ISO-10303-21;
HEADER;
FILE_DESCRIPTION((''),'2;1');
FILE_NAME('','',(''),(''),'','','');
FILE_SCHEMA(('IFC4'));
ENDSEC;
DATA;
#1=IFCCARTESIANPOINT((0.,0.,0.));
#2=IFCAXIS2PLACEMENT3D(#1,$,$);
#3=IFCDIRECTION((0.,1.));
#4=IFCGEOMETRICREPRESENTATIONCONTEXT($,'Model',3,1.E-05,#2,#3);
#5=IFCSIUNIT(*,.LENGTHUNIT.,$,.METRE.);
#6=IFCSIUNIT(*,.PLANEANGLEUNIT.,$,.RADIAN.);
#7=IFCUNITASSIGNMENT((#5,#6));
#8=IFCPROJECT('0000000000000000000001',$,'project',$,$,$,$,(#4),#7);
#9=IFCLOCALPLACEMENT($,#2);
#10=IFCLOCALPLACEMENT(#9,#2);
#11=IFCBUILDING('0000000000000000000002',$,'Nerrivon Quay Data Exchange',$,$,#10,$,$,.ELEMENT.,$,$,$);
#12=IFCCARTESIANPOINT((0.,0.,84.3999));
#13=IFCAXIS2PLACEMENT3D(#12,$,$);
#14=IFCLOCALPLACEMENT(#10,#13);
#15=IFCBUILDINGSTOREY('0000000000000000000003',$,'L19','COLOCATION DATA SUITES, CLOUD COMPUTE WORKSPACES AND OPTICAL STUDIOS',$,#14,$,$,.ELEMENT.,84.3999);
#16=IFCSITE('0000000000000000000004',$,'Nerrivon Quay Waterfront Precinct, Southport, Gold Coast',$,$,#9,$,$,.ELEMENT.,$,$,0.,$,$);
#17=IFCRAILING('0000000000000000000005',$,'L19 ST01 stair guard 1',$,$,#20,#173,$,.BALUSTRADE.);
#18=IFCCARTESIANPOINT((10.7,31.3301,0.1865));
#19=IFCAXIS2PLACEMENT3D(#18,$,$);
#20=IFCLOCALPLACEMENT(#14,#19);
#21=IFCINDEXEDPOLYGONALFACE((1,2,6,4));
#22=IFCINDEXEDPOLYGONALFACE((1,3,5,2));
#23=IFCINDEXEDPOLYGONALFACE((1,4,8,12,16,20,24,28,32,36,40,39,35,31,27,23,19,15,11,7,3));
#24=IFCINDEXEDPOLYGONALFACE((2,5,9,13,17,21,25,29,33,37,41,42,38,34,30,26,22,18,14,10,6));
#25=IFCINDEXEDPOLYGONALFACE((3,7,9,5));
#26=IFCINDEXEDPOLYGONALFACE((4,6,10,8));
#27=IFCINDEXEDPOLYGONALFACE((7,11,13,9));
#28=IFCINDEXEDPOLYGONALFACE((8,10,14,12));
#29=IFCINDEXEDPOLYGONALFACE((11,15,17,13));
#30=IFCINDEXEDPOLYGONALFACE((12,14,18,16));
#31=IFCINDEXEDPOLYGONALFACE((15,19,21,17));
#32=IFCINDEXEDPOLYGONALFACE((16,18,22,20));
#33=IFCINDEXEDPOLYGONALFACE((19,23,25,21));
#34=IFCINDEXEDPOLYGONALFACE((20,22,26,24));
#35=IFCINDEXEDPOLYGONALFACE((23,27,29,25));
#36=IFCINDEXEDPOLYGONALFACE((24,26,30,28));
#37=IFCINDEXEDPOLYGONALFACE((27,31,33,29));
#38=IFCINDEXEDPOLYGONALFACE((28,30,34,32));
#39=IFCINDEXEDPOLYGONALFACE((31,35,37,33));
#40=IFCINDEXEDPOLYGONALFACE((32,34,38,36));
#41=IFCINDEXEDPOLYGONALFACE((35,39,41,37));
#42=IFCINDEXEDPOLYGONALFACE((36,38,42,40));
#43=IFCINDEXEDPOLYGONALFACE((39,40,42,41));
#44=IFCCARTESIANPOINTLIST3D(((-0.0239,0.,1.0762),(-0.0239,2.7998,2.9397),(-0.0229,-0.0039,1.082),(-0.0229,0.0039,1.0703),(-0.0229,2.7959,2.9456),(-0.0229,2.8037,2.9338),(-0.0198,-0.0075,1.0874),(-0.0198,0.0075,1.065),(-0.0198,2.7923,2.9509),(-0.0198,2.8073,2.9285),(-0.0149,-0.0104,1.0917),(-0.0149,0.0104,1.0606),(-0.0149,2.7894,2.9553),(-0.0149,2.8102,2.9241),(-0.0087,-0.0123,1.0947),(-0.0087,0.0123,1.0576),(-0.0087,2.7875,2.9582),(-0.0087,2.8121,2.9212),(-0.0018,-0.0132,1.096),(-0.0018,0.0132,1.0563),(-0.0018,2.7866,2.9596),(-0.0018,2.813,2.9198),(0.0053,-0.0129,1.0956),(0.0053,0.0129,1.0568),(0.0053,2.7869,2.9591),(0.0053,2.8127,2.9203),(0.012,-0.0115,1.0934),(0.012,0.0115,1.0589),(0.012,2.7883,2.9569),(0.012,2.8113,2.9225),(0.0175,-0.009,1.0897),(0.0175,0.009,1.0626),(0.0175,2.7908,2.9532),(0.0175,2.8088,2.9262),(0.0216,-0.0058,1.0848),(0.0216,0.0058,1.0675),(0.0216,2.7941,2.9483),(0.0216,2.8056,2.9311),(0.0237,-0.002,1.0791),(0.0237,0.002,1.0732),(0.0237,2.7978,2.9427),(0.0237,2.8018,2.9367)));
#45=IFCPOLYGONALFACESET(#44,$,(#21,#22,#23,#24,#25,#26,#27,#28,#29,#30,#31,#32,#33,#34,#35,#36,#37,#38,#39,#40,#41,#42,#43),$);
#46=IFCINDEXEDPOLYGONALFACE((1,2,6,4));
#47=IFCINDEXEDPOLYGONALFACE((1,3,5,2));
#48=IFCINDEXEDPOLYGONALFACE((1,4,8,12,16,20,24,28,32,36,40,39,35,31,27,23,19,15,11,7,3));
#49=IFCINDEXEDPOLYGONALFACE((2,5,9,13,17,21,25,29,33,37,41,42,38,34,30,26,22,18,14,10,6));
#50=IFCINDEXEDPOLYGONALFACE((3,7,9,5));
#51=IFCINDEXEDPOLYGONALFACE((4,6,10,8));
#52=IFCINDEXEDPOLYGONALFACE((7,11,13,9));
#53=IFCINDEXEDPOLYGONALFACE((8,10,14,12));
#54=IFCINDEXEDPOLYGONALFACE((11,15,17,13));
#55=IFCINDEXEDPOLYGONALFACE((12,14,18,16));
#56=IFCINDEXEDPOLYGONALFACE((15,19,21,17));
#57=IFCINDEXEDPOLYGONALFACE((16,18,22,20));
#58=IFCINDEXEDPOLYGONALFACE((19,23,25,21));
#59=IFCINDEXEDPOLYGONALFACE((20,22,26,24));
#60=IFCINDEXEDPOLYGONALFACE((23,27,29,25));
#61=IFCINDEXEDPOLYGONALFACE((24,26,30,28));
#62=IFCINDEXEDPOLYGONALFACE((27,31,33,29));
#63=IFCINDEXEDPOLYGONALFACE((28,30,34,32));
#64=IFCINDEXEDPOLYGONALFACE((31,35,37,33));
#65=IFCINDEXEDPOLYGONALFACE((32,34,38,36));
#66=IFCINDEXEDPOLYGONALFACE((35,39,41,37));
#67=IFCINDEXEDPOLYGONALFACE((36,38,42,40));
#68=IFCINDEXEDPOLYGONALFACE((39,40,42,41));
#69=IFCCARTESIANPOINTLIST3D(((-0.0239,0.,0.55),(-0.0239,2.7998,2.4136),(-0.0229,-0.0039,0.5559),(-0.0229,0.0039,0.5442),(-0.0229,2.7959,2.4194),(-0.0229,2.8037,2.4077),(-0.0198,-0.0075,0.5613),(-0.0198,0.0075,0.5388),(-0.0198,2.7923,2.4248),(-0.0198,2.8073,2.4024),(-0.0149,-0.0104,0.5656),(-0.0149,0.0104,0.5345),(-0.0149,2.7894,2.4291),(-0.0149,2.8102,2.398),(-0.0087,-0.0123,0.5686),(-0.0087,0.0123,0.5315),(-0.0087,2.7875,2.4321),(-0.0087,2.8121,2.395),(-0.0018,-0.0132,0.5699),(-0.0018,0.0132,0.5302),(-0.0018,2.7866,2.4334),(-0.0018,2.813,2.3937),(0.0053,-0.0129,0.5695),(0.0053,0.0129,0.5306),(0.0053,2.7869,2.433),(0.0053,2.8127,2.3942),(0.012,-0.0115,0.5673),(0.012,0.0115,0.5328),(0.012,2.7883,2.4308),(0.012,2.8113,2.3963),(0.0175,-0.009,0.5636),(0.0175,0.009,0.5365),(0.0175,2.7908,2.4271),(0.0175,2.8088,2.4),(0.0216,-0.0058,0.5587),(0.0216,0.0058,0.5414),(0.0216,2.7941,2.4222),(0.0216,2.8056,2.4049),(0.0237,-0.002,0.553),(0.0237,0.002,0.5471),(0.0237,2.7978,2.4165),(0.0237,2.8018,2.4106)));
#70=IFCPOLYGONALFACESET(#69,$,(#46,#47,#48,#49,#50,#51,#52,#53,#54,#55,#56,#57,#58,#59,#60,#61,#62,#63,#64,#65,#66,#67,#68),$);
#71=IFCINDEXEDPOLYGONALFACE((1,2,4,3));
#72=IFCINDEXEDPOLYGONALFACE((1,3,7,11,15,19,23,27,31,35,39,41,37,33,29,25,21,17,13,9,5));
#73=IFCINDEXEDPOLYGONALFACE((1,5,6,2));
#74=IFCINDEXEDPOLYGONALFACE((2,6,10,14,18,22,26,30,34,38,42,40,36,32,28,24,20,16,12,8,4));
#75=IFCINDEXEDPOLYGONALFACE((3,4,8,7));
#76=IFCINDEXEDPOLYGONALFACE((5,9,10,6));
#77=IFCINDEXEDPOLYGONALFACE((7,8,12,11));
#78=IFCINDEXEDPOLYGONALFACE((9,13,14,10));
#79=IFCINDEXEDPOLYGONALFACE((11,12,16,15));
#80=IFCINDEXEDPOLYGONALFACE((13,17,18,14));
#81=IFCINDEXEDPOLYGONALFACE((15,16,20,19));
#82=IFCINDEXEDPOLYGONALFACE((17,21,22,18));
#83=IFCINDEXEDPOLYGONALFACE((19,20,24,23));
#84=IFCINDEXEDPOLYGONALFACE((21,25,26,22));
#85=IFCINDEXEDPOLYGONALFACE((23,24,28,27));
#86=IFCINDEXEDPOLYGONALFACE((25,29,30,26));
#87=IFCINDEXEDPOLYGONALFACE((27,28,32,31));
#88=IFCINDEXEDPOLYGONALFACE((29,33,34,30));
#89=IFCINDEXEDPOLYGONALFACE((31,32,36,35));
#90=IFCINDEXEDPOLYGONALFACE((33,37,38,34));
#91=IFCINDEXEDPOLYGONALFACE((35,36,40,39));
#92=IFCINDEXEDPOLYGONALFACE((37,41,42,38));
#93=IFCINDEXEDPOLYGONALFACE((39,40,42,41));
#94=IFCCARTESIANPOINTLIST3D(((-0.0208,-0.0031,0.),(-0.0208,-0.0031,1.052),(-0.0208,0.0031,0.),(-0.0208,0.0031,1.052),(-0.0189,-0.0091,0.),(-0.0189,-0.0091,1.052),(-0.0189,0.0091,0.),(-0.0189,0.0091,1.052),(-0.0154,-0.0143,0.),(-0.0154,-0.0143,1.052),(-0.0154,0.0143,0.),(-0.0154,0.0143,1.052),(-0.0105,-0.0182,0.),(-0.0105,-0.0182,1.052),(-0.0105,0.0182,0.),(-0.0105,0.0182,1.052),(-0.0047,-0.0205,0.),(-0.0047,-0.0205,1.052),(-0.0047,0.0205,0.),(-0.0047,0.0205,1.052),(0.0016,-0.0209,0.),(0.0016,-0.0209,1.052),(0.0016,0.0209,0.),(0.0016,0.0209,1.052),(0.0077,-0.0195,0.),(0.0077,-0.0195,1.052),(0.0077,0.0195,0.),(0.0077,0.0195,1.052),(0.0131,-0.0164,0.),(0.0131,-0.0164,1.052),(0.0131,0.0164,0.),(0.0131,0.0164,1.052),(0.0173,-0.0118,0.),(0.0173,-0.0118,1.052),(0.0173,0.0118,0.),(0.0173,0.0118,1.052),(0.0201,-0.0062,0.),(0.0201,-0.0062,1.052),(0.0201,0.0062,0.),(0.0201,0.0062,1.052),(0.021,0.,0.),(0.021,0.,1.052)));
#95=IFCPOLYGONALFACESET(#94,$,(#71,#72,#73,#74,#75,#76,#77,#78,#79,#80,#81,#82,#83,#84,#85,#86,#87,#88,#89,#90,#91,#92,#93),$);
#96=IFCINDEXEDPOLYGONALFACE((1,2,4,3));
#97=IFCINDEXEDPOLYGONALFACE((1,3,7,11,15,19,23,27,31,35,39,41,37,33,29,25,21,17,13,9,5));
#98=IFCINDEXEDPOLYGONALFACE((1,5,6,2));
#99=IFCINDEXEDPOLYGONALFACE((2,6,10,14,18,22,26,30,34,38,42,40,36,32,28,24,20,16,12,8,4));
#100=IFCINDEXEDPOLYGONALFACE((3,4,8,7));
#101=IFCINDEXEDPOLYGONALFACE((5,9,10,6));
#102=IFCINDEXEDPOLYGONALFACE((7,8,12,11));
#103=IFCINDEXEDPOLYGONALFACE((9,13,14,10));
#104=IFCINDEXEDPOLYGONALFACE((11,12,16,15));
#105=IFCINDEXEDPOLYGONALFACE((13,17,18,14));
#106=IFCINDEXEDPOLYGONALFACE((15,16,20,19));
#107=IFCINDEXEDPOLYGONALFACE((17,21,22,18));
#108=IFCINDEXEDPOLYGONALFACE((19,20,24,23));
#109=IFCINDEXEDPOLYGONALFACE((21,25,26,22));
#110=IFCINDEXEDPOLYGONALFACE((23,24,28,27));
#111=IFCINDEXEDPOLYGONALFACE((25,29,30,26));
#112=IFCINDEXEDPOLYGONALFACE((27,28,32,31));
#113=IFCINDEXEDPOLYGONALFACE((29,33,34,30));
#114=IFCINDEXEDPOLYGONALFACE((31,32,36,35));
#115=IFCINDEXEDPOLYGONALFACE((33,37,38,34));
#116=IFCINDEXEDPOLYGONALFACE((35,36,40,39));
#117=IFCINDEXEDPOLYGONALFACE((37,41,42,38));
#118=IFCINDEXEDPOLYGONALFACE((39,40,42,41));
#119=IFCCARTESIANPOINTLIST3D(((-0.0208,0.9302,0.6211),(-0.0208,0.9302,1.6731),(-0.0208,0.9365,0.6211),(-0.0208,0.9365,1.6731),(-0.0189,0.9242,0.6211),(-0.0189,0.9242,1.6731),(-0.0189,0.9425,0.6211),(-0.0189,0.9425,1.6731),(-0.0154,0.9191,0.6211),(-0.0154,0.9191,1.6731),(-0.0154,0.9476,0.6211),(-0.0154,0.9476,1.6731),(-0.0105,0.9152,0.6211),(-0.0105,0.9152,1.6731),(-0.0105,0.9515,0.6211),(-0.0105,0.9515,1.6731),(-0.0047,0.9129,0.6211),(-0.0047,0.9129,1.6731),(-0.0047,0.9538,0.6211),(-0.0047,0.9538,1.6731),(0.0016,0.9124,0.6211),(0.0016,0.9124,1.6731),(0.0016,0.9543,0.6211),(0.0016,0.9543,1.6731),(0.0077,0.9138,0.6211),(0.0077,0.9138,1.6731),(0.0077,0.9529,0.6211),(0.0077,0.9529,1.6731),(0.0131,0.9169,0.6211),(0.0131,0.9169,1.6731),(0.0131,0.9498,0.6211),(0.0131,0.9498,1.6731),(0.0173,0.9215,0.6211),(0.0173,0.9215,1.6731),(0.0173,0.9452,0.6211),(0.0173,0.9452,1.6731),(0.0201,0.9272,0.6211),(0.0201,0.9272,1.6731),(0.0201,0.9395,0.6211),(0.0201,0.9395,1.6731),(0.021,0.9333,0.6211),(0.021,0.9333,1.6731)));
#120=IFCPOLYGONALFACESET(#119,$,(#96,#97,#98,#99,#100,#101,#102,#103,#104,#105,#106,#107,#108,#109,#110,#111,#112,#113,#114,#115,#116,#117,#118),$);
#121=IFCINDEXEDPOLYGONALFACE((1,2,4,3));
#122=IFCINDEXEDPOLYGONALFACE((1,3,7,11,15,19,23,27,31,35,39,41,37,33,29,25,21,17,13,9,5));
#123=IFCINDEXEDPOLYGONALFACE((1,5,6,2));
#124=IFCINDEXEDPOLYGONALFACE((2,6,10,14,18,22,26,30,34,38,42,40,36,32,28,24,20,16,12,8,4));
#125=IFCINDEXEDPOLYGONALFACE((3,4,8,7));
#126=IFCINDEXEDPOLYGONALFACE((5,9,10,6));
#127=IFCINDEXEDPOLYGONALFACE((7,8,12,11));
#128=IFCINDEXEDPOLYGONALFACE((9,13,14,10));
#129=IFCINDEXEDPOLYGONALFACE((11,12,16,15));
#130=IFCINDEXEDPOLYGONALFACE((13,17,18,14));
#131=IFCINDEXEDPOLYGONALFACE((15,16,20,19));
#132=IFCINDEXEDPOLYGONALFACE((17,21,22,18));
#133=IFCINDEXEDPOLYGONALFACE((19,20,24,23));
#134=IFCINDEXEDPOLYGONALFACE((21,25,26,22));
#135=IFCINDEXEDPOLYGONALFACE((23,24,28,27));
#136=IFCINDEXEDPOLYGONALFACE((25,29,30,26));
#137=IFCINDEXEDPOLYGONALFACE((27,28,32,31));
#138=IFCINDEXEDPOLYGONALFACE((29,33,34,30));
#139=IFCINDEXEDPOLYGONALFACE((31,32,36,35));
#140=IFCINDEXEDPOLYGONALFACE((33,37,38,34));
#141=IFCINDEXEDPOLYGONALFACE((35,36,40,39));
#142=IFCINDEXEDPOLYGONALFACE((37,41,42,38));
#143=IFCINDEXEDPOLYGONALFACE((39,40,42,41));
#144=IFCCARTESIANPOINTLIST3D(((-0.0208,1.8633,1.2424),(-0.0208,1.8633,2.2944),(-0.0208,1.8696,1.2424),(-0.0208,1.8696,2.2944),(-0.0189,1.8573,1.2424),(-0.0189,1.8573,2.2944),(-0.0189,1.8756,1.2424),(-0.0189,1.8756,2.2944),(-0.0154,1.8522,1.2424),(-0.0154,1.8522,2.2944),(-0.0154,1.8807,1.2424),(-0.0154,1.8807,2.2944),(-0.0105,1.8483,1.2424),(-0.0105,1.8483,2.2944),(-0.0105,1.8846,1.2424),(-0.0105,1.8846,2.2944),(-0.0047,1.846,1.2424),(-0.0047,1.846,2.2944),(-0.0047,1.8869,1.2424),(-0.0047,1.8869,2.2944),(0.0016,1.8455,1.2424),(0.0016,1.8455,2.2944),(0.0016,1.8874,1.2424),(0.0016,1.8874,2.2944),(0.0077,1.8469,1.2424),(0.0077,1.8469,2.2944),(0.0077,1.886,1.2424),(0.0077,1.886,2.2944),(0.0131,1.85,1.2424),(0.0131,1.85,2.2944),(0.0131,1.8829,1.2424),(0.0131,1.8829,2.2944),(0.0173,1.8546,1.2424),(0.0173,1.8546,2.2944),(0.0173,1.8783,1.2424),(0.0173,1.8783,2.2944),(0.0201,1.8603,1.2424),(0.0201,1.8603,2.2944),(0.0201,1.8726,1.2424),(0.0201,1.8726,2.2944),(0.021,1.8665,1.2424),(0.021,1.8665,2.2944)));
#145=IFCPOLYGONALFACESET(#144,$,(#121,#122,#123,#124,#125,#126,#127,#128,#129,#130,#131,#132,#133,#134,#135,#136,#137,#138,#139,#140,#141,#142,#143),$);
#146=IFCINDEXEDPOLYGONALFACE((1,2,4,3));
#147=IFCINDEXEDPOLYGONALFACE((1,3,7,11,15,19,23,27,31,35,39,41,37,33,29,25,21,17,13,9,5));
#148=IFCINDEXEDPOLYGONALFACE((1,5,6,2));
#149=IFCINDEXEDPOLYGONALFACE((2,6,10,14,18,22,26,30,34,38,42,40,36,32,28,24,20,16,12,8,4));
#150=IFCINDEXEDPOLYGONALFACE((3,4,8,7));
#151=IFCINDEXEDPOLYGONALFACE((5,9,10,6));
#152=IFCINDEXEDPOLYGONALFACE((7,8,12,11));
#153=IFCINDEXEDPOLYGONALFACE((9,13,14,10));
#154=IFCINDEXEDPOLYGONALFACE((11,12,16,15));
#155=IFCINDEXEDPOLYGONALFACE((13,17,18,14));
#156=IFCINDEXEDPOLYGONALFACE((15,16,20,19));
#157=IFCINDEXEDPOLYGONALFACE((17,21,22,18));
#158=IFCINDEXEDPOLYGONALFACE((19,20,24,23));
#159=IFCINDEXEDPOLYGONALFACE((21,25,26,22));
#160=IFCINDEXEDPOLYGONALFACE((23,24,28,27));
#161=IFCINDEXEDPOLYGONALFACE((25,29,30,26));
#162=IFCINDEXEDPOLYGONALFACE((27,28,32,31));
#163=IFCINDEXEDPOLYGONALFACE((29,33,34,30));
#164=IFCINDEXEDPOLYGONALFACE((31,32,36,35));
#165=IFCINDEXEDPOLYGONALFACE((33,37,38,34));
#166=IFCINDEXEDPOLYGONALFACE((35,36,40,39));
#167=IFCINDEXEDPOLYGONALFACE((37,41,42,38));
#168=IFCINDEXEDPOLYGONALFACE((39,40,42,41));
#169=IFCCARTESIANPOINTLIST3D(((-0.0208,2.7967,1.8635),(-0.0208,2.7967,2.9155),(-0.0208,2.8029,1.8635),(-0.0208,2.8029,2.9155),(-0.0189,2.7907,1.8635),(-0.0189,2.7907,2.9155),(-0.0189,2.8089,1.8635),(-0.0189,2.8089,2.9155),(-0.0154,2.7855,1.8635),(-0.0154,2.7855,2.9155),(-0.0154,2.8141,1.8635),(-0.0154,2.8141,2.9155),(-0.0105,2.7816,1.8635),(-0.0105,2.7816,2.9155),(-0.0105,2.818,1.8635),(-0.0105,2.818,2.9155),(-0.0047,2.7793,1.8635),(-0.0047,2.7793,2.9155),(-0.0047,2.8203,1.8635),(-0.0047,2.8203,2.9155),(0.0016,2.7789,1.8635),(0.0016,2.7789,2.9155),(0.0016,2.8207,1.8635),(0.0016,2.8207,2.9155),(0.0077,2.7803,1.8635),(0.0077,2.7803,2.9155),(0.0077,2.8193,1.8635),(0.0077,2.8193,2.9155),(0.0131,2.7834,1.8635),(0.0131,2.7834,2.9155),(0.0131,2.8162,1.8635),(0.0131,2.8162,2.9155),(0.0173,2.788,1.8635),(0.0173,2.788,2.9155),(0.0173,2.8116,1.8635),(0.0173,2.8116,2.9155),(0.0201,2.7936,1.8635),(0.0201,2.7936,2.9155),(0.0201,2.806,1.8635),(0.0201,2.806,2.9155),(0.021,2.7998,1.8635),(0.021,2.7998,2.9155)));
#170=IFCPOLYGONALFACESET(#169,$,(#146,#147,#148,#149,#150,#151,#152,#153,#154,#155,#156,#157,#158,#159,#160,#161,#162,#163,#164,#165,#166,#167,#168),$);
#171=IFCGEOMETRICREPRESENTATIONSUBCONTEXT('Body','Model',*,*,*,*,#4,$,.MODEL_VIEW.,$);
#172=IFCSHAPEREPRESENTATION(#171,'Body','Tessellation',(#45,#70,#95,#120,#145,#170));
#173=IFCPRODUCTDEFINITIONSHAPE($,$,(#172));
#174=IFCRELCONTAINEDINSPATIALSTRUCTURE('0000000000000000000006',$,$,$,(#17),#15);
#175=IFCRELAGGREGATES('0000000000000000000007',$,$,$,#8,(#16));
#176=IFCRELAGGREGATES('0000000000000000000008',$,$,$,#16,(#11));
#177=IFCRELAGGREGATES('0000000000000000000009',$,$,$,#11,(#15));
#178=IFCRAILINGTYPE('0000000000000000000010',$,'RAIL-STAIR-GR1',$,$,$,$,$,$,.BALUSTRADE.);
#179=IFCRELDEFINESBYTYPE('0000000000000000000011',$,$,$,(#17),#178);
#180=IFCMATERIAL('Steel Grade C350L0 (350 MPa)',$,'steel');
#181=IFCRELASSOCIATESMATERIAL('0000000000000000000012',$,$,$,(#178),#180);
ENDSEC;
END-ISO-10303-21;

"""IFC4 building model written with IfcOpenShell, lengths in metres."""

from ifc_helpers import new_model, si_unit, direction, frame, origin, origin_2d, place, context, subcontext, project, spatial, circle, extrude, material, type_object, element, save


model = new_model("IFC4")

# Units and contexts
model_context = context("Model", 3, precision=1e-05, world=origin(), true_north=direction((0.0, 1.0)))
body_context = subcontext(model_context, "Body", "Model", "MODEL_VIEW")
ifc_project = project(units=[si_unit("LENGTHUNIT", "METRE"), si_unit("PLANEANGLEUNIT", "RADIAN")], contexts=[model_context])

# Site, building, storey
site_placement = place(None, origin())
site = spatial("IfcSite", under=ifc_project, at=site_placement, Name="Nerrivon Quay Waterfront Precinct, Southport, Gold Coast", CompositionType="ELEMENT", RefElevation=0.0)
building_placement = place(site_placement, origin())
building = spatial("IfcBuilding", under=site, at=building_placement, Name="Nerrivon Quay Data Exchange", CompositionType="ELEMENT")
storey_placement = place(building_placement, frame((0.0, 0.0, 84.3999)))
storey = spatial("IfcBuildingStorey", under=building, at=storey_placement, Name="L19", Description="COLOCATION DATA SUITES, CLOUD COMPUTE WORKSPACES AND OPTICAL STUDIOS", CompositionType="ELEMENT", Elevation=84.3999)

# Railing
ifc_material_1 = material(Name="Steel Grade C350L0 (350 MPa)", Category="steel")
railing_type_1 = type_object("IfcRailingType", Name="RAIL-STAIR-GR1", PredefinedType="BALUSTRADE", material=ifc_material_1)
railing_1_placement = place(storey_placement, frame((10.7, 31.3301, 0.1865)))
element("IfcRailing", 1, at=railing_1_placement, inside=storey, type_object=railing_type_1, Name="L19 ST01 stair guard 1", PredefinedType="BALUSTRADE", context=body_context, shape_type="SweptSolid", body=[
    extrude(circle(Radius=0.0239, at=origin_2d()), frame((0.0, 0.0, 1.0762), z_axis=(0.0, 0.832463, 0.55408), x_axis=(-1.0, 0.0, 0.0)), (0.0, 0.0, 1.0), 3.3633),
    extrude(circle(Radius=0.0239, at=origin_2d()), frame((0.0, 0.0, 0.55), z_axis=(0.0, 0.832463, 0.55408), x_axis=(-1.0, 0.0, 0.0)), (0.0, 0.0, 1.0), 3.3633),
    extrude(circle(Radius=0.021, at=origin_2d()), origin(), (0.0, 0.0, 1.0), 1.052),
    extrude(circle(Radius=0.021, at=origin_2d()), frame((0.0, 0.9333, 0.6211)), (0.0, 0.0, 1.0), 1.052),
    extrude(circle(Radius=0.021, at=origin_2d()), frame((0.0, 1.8665, 1.2424)), (0.0, 0.0, 1.0), 1.052),
    extrude(circle(Radius=0.021, at=origin_2d()), frame((0.0, 2.7998, 1.8635)), (0.0, 0.0, 1.0), 1.052),
])

save(model, "model.ifc")
